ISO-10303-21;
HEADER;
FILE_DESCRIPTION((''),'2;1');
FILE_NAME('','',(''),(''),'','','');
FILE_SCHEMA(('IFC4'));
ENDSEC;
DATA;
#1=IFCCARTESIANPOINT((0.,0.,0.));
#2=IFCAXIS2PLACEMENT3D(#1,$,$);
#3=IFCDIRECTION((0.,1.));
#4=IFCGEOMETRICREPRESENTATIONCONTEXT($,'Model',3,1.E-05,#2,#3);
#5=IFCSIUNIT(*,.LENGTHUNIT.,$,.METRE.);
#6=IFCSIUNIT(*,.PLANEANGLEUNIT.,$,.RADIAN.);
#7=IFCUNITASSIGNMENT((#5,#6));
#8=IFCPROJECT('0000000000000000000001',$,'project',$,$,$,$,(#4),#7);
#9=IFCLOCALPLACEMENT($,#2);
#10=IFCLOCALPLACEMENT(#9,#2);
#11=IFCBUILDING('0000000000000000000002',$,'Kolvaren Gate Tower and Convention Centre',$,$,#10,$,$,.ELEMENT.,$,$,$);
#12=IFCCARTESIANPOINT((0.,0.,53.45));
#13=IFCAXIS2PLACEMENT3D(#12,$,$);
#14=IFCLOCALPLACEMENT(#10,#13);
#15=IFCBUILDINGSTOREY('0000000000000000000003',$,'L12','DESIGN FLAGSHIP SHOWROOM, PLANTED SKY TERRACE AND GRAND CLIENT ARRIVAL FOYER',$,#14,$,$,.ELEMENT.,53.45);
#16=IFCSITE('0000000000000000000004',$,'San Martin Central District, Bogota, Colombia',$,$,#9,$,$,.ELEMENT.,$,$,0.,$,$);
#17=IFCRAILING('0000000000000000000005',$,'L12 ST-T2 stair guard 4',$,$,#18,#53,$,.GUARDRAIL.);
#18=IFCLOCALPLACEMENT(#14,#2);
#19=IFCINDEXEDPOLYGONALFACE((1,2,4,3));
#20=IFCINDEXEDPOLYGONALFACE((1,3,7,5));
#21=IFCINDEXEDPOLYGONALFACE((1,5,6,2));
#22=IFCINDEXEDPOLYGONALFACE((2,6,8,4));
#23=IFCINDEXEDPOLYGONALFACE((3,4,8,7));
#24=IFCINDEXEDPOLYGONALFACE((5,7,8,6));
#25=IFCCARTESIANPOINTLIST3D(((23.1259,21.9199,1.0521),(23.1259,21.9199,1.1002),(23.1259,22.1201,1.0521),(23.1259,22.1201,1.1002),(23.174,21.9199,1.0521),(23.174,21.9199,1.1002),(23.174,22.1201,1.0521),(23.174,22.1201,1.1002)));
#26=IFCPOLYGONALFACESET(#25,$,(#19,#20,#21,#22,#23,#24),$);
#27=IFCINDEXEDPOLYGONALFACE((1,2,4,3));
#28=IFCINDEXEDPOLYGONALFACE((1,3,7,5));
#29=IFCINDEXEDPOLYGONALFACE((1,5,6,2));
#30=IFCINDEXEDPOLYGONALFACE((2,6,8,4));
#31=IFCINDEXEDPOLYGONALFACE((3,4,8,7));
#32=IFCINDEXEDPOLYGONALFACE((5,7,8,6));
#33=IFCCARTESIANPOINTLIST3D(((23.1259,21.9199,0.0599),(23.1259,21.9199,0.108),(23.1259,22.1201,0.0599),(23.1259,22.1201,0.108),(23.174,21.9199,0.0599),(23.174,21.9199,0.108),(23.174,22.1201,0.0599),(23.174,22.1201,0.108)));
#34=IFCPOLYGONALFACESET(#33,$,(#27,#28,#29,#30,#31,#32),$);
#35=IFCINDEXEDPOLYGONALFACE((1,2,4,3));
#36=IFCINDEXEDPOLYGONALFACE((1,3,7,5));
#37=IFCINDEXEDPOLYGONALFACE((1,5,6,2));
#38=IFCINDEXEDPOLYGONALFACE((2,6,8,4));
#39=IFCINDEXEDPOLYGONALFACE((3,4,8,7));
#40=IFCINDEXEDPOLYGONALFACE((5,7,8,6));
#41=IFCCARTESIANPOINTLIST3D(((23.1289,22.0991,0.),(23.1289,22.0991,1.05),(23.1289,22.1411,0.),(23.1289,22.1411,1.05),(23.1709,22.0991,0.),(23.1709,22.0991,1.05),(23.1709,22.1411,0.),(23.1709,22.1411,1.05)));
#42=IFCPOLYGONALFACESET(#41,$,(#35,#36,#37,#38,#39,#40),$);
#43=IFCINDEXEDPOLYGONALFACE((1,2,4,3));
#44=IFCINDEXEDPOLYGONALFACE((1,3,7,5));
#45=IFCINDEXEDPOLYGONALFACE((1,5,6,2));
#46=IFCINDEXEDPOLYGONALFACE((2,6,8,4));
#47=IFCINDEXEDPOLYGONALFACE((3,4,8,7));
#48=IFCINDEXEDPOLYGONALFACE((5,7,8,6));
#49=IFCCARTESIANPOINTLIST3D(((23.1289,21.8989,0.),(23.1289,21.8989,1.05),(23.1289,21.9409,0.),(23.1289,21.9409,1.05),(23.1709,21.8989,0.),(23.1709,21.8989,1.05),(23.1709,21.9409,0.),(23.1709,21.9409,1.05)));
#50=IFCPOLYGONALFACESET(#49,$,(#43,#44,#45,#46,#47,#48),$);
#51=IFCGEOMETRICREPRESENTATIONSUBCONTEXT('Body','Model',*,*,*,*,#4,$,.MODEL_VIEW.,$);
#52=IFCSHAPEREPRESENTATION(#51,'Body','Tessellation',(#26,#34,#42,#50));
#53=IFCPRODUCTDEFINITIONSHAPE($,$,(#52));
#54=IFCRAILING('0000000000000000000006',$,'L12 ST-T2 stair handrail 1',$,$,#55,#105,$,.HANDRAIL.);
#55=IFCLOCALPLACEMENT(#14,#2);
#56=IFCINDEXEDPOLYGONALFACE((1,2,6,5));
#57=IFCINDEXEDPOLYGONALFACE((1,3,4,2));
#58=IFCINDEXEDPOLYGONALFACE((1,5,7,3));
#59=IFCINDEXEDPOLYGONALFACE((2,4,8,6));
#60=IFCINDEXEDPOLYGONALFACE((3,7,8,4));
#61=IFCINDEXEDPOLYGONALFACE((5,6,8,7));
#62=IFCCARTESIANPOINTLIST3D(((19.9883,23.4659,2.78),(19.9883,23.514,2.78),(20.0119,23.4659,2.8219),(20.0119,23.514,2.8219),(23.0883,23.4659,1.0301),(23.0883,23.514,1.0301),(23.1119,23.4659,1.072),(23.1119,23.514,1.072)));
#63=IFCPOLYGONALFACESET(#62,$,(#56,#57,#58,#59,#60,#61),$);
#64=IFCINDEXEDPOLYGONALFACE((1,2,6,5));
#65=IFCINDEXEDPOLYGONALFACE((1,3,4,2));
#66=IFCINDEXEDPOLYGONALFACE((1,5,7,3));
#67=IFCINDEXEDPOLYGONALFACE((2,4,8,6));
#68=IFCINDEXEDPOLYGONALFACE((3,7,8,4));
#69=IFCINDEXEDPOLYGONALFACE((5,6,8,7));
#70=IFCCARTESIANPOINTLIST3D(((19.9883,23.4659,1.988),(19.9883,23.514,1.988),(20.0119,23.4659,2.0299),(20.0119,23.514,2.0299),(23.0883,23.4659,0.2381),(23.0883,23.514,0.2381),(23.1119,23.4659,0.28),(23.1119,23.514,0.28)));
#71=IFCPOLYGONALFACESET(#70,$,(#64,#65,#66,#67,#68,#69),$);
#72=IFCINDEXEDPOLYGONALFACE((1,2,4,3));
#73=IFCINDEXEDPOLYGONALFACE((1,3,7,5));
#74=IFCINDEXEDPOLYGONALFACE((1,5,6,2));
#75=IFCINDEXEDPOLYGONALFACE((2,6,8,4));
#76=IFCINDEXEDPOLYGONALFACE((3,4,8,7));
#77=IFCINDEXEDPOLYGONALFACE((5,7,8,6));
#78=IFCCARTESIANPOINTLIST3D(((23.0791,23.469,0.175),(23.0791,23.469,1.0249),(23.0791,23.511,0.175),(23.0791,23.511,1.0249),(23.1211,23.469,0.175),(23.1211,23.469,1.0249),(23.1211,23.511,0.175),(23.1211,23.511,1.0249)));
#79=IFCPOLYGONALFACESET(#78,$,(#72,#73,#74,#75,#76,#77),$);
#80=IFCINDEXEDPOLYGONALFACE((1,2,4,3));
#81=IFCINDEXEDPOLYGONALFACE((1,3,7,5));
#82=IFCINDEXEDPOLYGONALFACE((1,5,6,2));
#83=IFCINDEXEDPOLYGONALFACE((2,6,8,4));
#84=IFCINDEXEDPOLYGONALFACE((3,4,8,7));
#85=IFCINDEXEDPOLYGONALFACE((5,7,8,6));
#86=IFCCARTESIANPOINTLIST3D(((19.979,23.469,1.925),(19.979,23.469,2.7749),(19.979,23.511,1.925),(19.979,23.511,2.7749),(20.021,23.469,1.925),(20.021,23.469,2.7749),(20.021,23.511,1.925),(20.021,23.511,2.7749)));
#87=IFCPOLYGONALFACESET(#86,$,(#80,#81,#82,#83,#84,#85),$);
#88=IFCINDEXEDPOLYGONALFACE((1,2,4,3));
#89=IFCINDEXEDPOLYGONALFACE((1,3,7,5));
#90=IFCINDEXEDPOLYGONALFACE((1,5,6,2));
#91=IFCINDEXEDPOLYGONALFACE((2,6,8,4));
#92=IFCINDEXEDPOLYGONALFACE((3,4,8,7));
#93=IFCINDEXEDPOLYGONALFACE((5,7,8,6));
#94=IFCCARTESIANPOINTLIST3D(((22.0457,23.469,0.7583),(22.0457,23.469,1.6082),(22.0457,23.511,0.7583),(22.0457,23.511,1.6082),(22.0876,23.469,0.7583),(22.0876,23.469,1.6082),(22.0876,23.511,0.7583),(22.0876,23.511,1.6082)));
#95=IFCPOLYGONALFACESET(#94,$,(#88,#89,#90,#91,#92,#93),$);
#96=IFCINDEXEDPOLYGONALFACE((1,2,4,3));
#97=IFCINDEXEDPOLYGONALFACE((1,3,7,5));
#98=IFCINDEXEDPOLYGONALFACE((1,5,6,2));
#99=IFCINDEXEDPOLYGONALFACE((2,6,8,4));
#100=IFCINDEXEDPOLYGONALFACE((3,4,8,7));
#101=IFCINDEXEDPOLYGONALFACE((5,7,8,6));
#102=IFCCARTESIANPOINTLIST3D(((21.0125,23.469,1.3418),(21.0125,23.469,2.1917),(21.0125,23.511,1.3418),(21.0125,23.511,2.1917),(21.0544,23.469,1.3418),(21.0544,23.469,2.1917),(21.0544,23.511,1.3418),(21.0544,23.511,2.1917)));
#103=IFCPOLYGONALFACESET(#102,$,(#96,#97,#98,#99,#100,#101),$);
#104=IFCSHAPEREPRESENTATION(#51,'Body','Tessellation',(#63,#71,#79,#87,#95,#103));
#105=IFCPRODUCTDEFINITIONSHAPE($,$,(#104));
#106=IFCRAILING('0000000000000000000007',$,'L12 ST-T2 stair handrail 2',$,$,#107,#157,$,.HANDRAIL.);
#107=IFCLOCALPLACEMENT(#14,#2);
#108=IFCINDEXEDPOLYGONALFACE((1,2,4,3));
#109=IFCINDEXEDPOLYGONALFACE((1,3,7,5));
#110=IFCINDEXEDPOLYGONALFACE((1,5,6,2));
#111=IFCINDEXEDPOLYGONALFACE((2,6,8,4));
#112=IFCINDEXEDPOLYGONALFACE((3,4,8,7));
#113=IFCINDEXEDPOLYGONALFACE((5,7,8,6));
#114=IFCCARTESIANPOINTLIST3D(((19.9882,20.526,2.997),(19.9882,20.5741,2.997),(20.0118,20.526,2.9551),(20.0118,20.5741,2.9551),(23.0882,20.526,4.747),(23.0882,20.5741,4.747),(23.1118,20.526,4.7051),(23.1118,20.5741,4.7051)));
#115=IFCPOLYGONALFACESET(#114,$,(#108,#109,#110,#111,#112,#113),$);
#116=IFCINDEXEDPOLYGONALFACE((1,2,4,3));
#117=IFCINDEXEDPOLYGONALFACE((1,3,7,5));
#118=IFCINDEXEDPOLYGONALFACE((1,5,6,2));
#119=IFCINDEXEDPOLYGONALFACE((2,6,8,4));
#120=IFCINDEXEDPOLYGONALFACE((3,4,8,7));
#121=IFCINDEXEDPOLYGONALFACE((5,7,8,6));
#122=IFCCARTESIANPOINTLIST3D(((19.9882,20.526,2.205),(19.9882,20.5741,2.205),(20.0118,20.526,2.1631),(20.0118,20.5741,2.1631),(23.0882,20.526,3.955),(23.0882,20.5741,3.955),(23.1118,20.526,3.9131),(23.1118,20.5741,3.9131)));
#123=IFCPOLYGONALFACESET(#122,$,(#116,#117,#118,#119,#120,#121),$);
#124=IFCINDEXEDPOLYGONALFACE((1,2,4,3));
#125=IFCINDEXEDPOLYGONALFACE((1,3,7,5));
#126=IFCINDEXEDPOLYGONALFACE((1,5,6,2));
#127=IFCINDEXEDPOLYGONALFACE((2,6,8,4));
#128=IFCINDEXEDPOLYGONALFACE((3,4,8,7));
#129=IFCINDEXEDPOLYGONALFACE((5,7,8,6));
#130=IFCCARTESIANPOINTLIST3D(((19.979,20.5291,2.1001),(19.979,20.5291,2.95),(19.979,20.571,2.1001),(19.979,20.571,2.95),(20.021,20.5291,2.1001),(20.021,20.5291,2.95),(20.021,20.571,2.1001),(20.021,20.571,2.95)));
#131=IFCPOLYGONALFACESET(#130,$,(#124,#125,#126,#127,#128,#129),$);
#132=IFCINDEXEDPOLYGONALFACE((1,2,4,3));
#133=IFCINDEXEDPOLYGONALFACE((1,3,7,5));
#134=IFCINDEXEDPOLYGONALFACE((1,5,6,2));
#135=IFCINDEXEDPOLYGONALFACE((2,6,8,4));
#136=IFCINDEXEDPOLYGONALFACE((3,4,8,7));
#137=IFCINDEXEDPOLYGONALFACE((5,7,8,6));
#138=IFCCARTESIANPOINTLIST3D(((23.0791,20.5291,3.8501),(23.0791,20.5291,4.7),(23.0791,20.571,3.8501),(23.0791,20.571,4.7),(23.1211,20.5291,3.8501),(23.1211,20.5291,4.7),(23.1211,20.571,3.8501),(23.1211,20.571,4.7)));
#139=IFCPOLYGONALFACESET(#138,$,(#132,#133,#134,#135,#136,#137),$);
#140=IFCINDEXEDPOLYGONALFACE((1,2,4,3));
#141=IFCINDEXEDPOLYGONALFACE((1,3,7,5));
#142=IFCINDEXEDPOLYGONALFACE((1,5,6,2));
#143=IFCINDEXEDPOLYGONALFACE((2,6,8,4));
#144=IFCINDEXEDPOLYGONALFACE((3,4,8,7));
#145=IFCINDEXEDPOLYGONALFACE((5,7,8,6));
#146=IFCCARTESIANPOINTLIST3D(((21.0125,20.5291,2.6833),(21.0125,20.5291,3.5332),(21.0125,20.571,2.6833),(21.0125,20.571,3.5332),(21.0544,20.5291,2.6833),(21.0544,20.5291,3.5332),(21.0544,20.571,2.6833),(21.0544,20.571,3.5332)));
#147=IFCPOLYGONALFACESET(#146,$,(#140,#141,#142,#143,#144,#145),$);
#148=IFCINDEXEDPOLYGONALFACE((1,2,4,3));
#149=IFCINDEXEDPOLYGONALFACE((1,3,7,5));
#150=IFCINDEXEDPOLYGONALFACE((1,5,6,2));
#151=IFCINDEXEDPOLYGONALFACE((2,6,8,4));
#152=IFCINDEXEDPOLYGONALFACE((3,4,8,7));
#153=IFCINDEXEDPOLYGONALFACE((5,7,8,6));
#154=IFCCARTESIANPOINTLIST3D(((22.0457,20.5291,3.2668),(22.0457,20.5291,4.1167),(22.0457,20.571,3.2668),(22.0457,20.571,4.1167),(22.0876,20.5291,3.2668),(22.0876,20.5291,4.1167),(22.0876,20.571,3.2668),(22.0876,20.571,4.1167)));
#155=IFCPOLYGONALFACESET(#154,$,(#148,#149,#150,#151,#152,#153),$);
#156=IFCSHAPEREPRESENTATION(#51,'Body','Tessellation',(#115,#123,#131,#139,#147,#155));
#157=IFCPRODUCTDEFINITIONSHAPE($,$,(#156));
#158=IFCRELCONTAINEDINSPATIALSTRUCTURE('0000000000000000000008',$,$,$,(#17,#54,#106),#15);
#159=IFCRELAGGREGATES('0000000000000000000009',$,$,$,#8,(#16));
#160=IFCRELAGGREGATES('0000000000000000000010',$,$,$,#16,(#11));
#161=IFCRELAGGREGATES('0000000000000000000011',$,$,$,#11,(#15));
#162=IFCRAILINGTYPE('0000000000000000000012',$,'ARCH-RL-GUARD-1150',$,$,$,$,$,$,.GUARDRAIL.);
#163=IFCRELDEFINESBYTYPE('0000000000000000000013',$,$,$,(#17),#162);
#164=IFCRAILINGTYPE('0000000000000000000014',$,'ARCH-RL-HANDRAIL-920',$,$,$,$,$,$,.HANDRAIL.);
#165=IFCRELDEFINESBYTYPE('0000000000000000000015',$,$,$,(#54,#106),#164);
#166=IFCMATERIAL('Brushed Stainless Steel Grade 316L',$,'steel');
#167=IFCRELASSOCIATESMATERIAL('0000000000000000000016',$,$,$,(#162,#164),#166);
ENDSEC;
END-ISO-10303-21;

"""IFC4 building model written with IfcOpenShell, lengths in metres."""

from ifc_helpers import new_model, si_unit, direction, frame, origin, origin_2d, place, context, subcontext, project, spatial, rectangle, extrude, material, type_object, element, save


model = new_model("IFC4")

# Units and contexts
model_context = context("Model", 3, precision=1e-05, world=origin(), true_north=direction((0.0, 1.0)))
body_context = subcontext(model_context, "Body", "Model", "MODEL_VIEW")
ifc_project = project(units=[si_unit("LENGTHUNIT", "METRE"), si_unit("PLANEANGLEUNIT", "RADIAN")], contexts=[model_context])

# Site, building, storey
site_placement = place(None, origin())
site = spatial("IfcSite", under=ifc_project, at=site_placement, Name="San Martin Central District, Bogota, Colombia", CompositionType="ELEMENT", RefElevation=0.0)
building_placement = place(site_placement, origin())
building = spatial("IfcBuilding", under=site, at=building_placement, Name="Kolvaren Gate Tower and Convention Centre", CompositionType="ELEMENT")
storey_placement = place(building_placement, frame((0.0, 0.0, 53.45)))
storey = spatial("IfcBuildingStorey", under=building, at=storey_placement, Name="L12", Description="DESIGN FLAGSHIP SHOWROOM, PLANTED SKY TERRACE AND GRAND CLIENT ARRIVAL FOYER", CompositionType="ELEMENT", Elevation=53.45)

# Shared definitions
ifc_material_1 = material(Name="Brushed Stainless Steel Grade 316L", Category="steel")

# Railings
railing_type_1 = type_object("IfcRailingType", Name="ARCH-RL-GUARD-1150", PredefinedType="GUARDRAIL", material=ifc_material_1)
railing_1_placement = place(storey_placement, frame((23.1499, 22.1201, 0.0)))
element("IfcRailing", 1, at=railing_1_placement, inside=storey, type_object=railing_type_1, Name="L12 ST-T2 stair guard 4", PredefinedType="GUARDRAIL", context=body_context, shape_type="SweptSolid", body=[
    extrude(rectangle(XDim=0.0481, YDim=0.0481, at=origin_2d()), frame((0.0, 0.0, 1.0762), z_axis=(0.0, -1.0, 0.0), x_axis=(1.0, 0.0, 0.0)), (0.0, 0.0, 1.0), 0.2002),
    extrude(rectangle(XDim=0.0481, YDim=0.0481, at=origin_2d()), frame((0.0, 0.0, 0.084), z_axis=(0.0, -1.0, 0.0), x_axis=(1.0, 0.0, 0.0)), (0.0, 0.0, 1.0), 0.2002),
    extrude(rectangle(XDim=0.042, YDim=0.042, at=origin_2d()), origin(), (0.0, 0.0, 1.0), 1.05),
    extrude(rectangle(XDim=0.042, YDim=0.042, at=origin_2d()), frame((0.0, -0.2002, 0.0)), (0.0, 0.0, 1.0), 1.05),
])
railing_type_2 = type_object("IfcRailingType", Name="ARCH-RL-HANDRAIL-920", PredefinedType="HANDRAIL", material=ifc_material_1)
railing_2_placement = place(storey_placement, frame((23.1001, 23.49, 0.175)))
element("IfcRailing", 2, at=railing_2_placement, inside=storey, type_object=railing_type_2, Name="L12 ST-T2 stair handrail 1", PredefinedType="HANDRAIL", context=body_context, shape_type="SweptSolid", body=[
    extrude(rectangle(XDim=0.0481, YDim=0.0481, at=origin_2d()), frame((0.0, 0.0, 0.876), z_axis=(-0.870831, 0.0, 0.491583), x_axis=(0.0, -1.0, 0.0)), (0.0, 0.0, 1.0), 3.5598),
    extrude(rectangle(XDim=0.0481, YDim=0.0481, at=origin_2d()), frame((0.0, 0.0, 0.084), z_axis=(-0.870831, 0.0, 0.491583), x_axis=(0.0, -1.0, 0.0)), (0.0, 0.0, 1.0), 3.5598),
    extrude(rectangle(XDim=0.042, YDim=0.042, at=origin_2d()), origin(), (0.0, 0.0, 1.0), 0.8499),
    extrude(rectangle(XDim=0.042, YDim=0.042, at=origin_2d()), frame((-3.1001, 0.0, 1.75)), (0.0, 0.0, 1.0), 0.8499),
    extrude(rectangle(XDim=0.042, YDim=0.042, at=origin_2d()), frame((-1.0334, 0.0, 0.5833)), (0.0, 0.0, 1.0), 0.8499),
    extrude(rectangle(XDim=0.042, YDim=0.042, at=origin_2d()), frame((-2.0667, 0.0, 1.1667)), (0.0, 0.0, 1.0), 0.8499),
])
railing_3_placement = place(storey_placement, frame((20.0, 20.55, 2.1001)))
element("IfcRailing", 3, at=railing_3_placement, inside=storey, type_object=railing_type_2, Name="L12 ST-T2 stair handrail 2", PredefinedType="HANDRAIL", context=body_context, shape_type="SweptSolid", body=[
    extrude(rectangle(XDim=0.0481, YDim=0.0481, at=origin_2d()), frame((0.0, 0.0, 0.876), z_axis=(0.870831, 0.0, 0.491583), x_axis=(0.0, 1.0, 0.0)), (0.0, 0.0, 1.0), 3.5598),
    extrude(rectangle(XDim=0.0481, YDim=0.0481, at=origin_2d()), frame((0.0, 0.0, 0.084), z_axis=(0.870831, 0.0, 0.491583), x_axis=(0.0, 1.0, 0.0)), (0.0, 0.0, 1.0), 3.5598),
    extrude(rectangle(XDim=0.042, YDim=0.042, at=origin_2d()), origin(), (0.0, 0.0, 1.0), 0.8499),
    extrude(rectangle(XDim=0.042, YDim=0.042, at=origin_2d()), frame((3.1001, 0.0, 1.75)), (0.0, 0.0, 1.0), 0.8499),
    extrude(rectangle(XDim=0.042, YDim=0.042, at=origin_2d()), frame((1.0334, 0.0, 0.5833)), (0.0, 0.0, 1.0), 0.8499),
    extrude(rectangle(XDim=0.042, YDim=0.042, at=origin_2d()), frame((2.0667, 0.0, 1.1667)), (0.0, 0.0, 1.0), 0.8499),
])

save(model, "model.ifc")
